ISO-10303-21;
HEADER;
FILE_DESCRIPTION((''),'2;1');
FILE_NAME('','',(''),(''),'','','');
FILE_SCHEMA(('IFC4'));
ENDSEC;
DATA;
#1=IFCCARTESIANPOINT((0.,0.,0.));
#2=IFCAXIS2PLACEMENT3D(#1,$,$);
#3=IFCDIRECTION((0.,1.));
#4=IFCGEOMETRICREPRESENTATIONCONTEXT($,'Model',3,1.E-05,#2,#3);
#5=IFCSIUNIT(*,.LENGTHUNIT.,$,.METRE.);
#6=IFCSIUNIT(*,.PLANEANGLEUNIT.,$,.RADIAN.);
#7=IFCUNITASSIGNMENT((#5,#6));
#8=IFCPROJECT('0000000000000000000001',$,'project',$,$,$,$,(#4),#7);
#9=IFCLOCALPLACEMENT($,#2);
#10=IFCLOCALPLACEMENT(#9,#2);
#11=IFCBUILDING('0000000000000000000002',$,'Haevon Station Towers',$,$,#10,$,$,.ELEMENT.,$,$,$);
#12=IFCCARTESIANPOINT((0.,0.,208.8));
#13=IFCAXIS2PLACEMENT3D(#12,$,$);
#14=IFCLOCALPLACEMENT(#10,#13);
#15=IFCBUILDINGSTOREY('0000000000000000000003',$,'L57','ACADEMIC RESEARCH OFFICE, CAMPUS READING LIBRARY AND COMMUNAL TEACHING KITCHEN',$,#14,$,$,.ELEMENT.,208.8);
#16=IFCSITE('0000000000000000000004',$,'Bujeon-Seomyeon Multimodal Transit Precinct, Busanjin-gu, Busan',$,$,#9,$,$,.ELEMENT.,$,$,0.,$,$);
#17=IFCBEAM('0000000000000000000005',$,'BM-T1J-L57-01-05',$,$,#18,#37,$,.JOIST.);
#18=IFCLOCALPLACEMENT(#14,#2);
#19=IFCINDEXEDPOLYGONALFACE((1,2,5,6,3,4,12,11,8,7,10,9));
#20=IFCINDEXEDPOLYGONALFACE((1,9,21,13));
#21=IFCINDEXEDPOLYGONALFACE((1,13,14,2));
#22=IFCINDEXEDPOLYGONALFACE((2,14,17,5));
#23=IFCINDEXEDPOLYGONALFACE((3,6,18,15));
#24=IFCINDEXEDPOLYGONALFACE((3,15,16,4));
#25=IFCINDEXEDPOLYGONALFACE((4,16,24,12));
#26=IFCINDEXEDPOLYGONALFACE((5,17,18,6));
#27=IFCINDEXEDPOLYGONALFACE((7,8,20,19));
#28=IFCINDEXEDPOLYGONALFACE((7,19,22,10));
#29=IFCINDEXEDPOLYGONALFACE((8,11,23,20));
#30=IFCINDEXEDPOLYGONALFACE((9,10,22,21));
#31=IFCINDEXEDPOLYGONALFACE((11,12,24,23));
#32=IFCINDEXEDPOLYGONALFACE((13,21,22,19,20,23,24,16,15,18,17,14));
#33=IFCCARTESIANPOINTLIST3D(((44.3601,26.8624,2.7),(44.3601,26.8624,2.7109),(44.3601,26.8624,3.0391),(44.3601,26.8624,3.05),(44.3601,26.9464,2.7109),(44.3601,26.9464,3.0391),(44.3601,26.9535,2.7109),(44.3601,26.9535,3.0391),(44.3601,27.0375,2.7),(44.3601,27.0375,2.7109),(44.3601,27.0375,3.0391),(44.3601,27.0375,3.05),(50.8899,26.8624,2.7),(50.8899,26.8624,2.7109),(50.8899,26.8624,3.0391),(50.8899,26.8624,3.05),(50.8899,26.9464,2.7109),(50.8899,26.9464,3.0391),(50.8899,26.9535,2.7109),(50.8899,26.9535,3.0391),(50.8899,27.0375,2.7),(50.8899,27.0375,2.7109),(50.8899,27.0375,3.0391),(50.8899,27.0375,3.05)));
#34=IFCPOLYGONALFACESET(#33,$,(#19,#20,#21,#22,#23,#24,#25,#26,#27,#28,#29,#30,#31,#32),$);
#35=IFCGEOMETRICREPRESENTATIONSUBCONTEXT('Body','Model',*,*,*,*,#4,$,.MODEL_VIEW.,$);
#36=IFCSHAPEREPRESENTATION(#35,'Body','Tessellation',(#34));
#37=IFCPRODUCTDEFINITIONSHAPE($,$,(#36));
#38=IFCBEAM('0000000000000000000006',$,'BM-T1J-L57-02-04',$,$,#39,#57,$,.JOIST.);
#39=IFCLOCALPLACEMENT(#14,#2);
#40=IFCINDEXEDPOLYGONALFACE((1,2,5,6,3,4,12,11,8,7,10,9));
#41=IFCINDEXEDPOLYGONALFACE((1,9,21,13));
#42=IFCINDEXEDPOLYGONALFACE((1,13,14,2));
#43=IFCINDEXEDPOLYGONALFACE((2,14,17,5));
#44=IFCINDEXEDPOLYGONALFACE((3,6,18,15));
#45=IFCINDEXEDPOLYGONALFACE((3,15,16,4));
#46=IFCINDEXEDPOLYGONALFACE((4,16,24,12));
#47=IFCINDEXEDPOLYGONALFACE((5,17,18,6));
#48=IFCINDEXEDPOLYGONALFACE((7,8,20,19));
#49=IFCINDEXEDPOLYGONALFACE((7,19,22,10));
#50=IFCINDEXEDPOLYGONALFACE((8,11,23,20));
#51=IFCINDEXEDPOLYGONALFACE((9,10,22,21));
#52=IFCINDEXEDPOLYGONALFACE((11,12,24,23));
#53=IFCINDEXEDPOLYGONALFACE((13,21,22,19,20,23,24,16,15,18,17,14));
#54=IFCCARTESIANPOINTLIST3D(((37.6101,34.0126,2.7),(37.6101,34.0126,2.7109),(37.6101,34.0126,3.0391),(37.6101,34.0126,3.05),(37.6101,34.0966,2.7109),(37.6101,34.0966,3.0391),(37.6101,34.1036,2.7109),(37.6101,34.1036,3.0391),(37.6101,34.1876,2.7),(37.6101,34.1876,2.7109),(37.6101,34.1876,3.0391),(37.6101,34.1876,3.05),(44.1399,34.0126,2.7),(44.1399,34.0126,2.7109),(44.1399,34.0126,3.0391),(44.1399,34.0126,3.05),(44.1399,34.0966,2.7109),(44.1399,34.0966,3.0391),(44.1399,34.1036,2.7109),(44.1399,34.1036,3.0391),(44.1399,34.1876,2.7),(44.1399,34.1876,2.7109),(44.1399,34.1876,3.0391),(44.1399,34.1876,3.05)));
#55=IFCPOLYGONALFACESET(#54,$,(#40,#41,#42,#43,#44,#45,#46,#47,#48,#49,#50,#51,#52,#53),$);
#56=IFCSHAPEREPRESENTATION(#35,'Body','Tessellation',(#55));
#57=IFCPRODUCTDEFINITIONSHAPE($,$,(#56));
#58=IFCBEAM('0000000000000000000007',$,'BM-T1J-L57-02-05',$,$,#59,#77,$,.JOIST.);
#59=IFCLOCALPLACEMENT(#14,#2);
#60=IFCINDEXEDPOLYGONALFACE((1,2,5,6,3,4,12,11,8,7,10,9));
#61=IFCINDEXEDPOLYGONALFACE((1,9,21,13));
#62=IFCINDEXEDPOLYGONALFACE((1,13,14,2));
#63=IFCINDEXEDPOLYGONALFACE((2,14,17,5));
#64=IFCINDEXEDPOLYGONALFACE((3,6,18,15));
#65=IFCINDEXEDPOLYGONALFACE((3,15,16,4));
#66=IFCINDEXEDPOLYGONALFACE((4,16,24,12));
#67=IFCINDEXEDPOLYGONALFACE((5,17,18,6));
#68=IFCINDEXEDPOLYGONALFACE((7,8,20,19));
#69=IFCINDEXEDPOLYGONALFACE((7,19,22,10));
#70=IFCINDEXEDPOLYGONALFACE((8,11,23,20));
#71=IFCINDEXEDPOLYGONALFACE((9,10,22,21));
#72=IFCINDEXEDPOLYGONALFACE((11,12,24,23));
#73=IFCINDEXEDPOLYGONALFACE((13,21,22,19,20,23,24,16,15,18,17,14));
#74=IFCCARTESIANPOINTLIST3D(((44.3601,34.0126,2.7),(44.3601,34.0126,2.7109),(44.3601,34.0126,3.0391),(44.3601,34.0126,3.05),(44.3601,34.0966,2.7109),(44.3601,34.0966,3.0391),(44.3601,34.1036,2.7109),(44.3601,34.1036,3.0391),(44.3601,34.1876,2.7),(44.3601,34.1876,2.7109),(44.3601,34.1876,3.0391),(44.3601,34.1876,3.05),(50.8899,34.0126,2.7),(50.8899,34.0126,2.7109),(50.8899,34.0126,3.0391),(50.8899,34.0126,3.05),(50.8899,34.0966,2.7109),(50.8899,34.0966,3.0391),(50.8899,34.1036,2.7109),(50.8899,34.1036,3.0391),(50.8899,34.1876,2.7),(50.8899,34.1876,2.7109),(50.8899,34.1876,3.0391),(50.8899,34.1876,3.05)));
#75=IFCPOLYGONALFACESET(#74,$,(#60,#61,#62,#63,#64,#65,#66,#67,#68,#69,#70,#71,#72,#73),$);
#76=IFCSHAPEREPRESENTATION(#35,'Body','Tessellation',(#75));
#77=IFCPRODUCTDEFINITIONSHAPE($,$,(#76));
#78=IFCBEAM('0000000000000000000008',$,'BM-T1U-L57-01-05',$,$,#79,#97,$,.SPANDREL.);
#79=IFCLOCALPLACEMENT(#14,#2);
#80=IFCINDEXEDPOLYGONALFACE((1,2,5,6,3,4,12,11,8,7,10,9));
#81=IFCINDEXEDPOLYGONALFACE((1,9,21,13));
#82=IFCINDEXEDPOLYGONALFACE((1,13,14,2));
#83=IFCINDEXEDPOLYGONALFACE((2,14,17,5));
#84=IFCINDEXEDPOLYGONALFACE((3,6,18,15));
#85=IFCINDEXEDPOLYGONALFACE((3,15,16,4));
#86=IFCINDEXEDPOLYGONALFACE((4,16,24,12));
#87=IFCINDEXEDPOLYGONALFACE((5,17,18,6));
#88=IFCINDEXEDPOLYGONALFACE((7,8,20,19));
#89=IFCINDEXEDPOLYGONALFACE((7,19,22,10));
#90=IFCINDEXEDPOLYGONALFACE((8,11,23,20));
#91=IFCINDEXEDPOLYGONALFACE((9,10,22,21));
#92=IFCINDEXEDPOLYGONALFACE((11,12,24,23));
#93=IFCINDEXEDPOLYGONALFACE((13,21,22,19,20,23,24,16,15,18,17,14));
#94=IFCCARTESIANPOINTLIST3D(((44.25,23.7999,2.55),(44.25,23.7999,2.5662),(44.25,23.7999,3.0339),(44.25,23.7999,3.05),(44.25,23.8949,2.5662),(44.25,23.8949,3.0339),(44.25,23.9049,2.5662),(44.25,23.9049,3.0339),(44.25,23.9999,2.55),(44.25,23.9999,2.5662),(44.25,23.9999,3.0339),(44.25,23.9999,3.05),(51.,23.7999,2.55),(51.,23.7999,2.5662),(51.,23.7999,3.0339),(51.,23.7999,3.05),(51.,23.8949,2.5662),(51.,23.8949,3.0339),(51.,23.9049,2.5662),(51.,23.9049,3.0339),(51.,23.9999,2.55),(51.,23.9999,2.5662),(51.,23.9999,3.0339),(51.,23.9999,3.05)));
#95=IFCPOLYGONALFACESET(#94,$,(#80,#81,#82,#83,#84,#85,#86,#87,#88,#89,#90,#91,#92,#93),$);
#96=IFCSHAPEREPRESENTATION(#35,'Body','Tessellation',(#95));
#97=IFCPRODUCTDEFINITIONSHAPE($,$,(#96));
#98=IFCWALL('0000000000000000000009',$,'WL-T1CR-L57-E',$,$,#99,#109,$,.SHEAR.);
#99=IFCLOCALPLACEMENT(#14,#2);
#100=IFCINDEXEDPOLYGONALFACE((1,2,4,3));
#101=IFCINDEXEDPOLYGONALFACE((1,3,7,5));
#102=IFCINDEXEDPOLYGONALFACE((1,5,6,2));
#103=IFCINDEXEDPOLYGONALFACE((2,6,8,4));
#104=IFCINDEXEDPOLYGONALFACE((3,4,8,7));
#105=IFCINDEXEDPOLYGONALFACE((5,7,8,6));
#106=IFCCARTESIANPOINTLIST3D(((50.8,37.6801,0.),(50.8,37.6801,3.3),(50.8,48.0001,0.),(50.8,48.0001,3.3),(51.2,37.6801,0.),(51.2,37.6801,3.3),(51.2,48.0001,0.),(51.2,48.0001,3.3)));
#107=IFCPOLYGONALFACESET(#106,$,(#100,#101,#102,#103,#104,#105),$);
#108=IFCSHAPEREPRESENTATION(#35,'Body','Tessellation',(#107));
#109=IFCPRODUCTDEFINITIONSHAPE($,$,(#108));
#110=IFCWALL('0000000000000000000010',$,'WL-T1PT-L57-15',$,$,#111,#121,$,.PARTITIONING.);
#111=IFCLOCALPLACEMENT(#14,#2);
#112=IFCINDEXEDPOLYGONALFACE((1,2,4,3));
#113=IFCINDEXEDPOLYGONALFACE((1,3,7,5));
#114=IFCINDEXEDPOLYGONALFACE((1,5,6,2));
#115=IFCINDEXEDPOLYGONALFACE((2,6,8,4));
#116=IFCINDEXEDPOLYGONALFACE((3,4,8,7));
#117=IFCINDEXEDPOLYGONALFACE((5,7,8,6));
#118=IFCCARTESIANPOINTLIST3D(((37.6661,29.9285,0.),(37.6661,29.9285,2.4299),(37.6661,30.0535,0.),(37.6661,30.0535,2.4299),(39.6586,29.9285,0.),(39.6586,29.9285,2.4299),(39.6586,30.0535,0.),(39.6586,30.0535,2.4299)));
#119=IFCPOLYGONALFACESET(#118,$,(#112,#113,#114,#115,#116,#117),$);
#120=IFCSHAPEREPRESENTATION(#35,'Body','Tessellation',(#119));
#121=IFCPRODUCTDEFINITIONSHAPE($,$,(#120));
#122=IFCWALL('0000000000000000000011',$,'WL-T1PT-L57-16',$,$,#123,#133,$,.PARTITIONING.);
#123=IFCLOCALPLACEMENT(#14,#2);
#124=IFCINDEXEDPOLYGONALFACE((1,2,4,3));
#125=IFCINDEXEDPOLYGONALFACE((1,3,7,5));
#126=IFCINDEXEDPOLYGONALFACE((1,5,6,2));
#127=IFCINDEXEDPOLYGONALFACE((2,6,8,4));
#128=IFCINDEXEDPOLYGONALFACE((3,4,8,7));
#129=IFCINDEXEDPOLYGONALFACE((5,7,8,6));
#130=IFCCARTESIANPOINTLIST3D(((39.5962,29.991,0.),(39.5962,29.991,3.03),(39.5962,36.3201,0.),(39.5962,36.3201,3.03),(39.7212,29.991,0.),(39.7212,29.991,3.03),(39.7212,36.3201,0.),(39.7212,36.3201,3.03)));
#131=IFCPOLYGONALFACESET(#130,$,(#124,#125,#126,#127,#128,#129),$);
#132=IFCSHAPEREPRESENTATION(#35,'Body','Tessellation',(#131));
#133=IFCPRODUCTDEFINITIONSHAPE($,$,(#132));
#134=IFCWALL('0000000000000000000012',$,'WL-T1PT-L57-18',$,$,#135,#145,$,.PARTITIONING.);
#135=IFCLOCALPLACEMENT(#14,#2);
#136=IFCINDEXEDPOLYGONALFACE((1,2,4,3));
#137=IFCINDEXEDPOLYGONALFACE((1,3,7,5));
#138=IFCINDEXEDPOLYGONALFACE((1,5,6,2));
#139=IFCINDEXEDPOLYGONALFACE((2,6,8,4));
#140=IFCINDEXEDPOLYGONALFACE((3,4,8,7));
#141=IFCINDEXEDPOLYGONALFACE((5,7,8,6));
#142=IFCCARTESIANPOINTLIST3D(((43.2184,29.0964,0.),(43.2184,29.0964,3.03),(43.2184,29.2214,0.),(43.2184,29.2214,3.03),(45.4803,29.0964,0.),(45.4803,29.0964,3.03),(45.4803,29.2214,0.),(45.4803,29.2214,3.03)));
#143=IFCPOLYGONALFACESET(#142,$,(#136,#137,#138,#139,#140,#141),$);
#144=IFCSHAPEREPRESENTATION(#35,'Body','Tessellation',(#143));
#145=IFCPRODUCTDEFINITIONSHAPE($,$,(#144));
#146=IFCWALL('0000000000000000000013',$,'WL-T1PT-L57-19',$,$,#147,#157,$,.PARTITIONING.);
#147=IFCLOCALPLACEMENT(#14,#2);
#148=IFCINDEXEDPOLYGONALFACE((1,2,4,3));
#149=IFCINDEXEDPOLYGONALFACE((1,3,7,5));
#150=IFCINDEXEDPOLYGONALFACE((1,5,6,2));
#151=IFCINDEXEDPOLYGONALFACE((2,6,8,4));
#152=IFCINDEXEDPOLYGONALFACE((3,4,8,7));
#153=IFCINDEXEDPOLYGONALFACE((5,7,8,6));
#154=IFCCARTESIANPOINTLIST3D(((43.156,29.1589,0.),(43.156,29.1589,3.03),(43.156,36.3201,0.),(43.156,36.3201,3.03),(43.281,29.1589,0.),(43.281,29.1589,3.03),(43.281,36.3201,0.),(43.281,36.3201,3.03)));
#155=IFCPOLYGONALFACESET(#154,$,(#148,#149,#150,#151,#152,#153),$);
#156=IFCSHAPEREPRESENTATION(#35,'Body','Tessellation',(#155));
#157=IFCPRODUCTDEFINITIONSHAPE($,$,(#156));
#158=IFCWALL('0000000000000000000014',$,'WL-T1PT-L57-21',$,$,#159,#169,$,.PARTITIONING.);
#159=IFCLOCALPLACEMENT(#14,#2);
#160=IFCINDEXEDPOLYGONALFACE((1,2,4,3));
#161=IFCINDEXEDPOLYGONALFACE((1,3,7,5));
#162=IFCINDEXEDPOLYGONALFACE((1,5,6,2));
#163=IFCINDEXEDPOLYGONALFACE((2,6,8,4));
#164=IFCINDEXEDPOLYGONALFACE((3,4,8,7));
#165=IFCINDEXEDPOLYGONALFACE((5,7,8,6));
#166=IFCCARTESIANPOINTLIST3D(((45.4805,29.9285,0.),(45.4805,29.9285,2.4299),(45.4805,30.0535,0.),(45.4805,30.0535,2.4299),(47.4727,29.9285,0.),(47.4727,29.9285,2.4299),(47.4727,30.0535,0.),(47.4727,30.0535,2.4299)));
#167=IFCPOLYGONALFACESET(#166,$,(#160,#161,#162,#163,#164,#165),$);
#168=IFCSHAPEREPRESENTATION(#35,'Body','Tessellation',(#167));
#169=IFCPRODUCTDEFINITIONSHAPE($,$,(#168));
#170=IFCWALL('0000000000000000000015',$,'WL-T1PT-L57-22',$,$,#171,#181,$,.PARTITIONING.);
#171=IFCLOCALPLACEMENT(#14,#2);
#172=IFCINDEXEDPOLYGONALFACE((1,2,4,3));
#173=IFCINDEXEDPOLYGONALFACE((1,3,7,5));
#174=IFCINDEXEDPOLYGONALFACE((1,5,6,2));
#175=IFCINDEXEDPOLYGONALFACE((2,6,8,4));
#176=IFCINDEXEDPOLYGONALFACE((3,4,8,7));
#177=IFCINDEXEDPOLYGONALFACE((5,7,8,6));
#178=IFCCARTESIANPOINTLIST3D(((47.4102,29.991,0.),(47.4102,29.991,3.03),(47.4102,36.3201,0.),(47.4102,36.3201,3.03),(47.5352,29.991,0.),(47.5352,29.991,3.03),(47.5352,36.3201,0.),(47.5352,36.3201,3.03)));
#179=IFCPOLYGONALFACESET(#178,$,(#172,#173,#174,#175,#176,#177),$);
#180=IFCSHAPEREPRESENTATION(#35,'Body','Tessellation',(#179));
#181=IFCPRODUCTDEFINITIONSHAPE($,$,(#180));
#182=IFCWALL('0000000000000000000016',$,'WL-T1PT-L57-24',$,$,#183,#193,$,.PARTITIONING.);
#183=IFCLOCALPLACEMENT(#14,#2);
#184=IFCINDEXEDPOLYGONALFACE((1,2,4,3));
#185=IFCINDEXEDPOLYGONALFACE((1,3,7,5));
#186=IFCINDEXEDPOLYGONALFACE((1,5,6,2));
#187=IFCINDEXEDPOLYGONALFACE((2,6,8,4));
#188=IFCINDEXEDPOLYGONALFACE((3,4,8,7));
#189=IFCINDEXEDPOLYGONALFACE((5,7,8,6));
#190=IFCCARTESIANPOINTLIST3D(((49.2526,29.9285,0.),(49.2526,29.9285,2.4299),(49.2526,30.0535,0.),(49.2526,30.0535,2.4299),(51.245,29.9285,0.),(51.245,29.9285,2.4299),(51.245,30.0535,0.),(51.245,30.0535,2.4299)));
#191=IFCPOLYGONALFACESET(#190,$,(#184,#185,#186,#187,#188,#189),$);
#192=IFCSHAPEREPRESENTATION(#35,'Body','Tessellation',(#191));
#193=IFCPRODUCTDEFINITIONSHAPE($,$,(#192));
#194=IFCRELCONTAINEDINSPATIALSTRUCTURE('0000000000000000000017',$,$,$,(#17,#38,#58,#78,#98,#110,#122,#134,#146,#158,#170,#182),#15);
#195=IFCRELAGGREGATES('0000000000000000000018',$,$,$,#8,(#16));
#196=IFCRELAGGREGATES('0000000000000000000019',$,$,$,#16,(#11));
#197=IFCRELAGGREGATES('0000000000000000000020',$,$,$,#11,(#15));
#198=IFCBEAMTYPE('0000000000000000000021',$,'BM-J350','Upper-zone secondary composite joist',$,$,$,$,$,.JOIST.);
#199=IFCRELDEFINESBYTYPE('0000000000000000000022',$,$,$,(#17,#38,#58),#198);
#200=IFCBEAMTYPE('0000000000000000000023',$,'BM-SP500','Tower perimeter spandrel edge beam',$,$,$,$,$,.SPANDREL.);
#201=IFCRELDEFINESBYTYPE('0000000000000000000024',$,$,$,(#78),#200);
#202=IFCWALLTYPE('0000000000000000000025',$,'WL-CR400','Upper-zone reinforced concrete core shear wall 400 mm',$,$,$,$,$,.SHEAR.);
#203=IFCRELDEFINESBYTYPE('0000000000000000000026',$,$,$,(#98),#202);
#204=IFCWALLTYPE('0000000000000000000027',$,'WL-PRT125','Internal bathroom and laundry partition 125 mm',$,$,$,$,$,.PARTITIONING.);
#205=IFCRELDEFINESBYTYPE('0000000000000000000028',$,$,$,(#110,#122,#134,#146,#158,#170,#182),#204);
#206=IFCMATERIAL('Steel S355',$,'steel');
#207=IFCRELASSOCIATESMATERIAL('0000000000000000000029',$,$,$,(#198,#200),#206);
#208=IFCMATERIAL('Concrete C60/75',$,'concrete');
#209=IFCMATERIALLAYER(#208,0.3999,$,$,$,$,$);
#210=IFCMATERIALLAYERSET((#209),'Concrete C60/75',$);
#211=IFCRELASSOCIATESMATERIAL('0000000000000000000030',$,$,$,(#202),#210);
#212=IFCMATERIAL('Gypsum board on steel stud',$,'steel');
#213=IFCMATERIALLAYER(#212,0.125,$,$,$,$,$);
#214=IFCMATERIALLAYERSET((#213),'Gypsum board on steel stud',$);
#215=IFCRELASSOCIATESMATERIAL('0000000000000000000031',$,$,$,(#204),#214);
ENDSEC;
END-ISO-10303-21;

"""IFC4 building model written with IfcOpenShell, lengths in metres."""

from ifc_helpers import new_model, si_unit, direction, frame, frame_2d, origin, origin_2d, place, context, subcontext, project, spatial, rectangle, i_section, extrude, material, layer, layer_set, material_profile, profile_set, type_object, element, save


model = new_model("IFC4")

# Units and contexts
model_context = context("Model", 3, precision=1e-05, world=origin(), true_north=direction((0.0, 1.0)))
body_context = subcontext(model_context, "Body", "Model", "MODEL_VIEW")
ifc_project = project(units=[si_unit("LENGTHUNIT", "METRE"), si_unit("PLANEANGLEUNIT", "RADIAN")], contexts=[model_context])

# Site, building, storey
site_placement = place(None, origin())
site = spatial("IfcSite", under=ifc_project, at=site_placement, Name="Bujeon-Seomyeon Multimodal Transit Precinct, Busanjin-gu, Busan", CompositionType="ELEMENT", RefElevation=0.0)
building_placement = place(site_placement, origin())
building = spatial("IfcBuilding", under=site, at=building_placement, Name="Haevon Station Towers", CompositionType="ELEMENT")
storey_placement = place(building_placement, frame((0.0, 0.0, 208.8)))
storey = spatial("IfcBuildingStorey", under=building, at=storey_placement, Name="L57", Description="ACADEMIC RESEARCH OFFICE, CAMPUS READING LIBRARY AND COMMUNAL TEACHING KITCHEN", CompositionType="ELEMENT", Elevation=208.8)

# Shared definitions
ifc_material_1 = material(Name="Steel S355", Category="steel")

# Beams
ifc_material_profile_1 = material_profile(ifc_material_1, i_section(OverallWidth=0.175, OverallDepth=0.3501, WebThickness=0.0071, FlangeThickness=0.011, at=origin_2d()), Name="H-350x175x7x11")
ifc_profile_set_1 = profile_set([ifc_material_profile_1], Name="Steel S355")
beam_type_1 = type_object("IfcBeamType", Name="BM-J350", Description="Upper-zone secondary composite joist", PredefinedType="JOIST", material=ifc_profile_set_1)
for number, where, z_axis, x_axis, name in (
    (1, (44.3601, 26.95, 2.875), (1.0, 0.0, 0.0), (0.0, 1.0, 0.0), "BM-T1J-L57-01-05"),
    (2, (37.6101, 34.1001, 2.875), (1.0, 0.0, 0.0), (0.0, 1.0, 0.0), "BM-T1J-L57-02-04"),
    (3, (44.3601, 34.1001, 2.875), (1.0, 0.0, 0.0), (0.0, 1.0, 0.0), "BM-T1J-L57-02-05"),
):
    element("IfcBeam", number, at=place(storey_placement, frame(where, z_axis=z_axis, x_axis=x_axis)), inside=storey, type_object=beam_type_1, Name=name, PredefinedType="JOIST", context=body_context, shape_type="SweptSolid", body=[
        extrude(i_section(OverallWidth=0.175, OverallDepth=0.3501, WebThickness=0.0071, FlangeThickness=0.011, at=origin_2d()), origin(), (0.0, 0.0, 1.0), 6.5298),
    ])
ifc_material_profile_2 = material_profile(ifc_material_1, i_section(OverallWidth=0.2, OverallDepth=0.5, WebThickness=0.01, FlangeThickness=0.0161, at=origin_2d()), Name="H-500x200x10x16")
ifc_profile_set_2 = profile_set([ifc_material_profile_2], Name="Steel S355")
beam_type_2 = type_object("IfcBeamType", Name="BM-SP500", Description="Tower perimeter spandrel edge beam", PredefinedType="SPANDREL", material=ifc_profile_set_2)
beam_1_placement = place(storey_placement, frame((44.25, 23.8999, 2.8), z_axis=(1.0, 0.0, 0.0), x_axis=(0.0, 1.0, 0.0)))
element("IfcBeam", 4, at=beam_1_placement, inside=storey, type_object=beam_type_2, Name="BM-T1U-L57-01-05", PredefinedType="SPANDREL", context=body_context, shape_type="SweptSolid", body=[
    extrude(i_section(OverallWidth=0.2, OverallDepth=0.5, WebThickness=0.01, FlangeThickness=0.0161, at=origin_2d()), origin(), (0.0, 0.0, 1.0), 6.75),
])

# Walls
ifc_material_2 = material(Name="Concrete C60/75", Category="concrete")
ifc_layer_1 = layer(ifc_material_2, 0.3999)
ifc_layer_set_1 = layer_set([ifc_layer_1], Name="Concrete C60/75")
wall_type_1 = type_object("IfcWallType", Name="WL-CR400", Description="Upper-zone reinforced concrete core shear wall 400 mm", PredefinedType="SHEAR", material=ifc_layer_set_1)
wall_1_placement = place(storey_placement, frame((51.0, 37.6799, 0.0), z_axis=(0.0, 0.0, 1.0), x_axis=(0.0, 1.0, 0.0)))
element("IfcWall", 5, at=wall_1_placement, inside=storey, type_object=wall_type_1, Name="WL-T1CR-L57-E", PredefinedType="SHEAR", context=body_context, shape_type="SweptSolid", body=[
    extrude(rectangle(XDim=10.3201, YDim=0.3999, at=frame_2d((5.1602, 0.0))), origin(), (0.0, 0.0, 1.0), 3.3),
])
ifc_material_3 = material(Name="Gypsum board on steel stud", Category="steel")
ifc_layer_2 = layer(ifc_material_3, 0.125)
ifc_layer_set_2 = layer_set([ifc_layer_2], Name="Gypsum board on steel stud")
wall_type_2 = type_object("IfcWallType", Name="WL-PRT125", Description="Internal bathroom and laundry partition 125 mm", PredefinedType="PARTITIONING", material=ifc_layer_set_2)
wall_2_placement = place(storey_placement, frame((37.6663, 29.991, 0.0), z_axis=(0.0, 0.0, 1.0), x_axis=(1.0, 0.0, 0.0)))
element("IfcWall", 6, at=wall_2_placement, inside=storey, type_object=wall_type_2, Name="WL-T1PT-L57-15", PredefinedType="PARTITIONING", context=body_context, shape_type="SweptSolid", body=[
    extrude(rectangle(XDim=1.9924, YDim=0.125, at=frame_2d((0.9961, 0.0))), origin(), (0.0, 0.0, 1.0), 2.4299),
])
wall_3_placement = place(storey_placement, frame((39.6587, 29.991, 0.0), z_axis=(0.0, 0.0, 1.0), x_axis=(0.0, 1.0, 0.0)))
element("IfcWall", 7, at=wall_3_placement, inside=storey, type_object=wall_type_2, Name="WL-T1PT-L57-16", PredefinedType="PARTITIONING", context=body_context, shape_type="SweptSolid", body=[
    extrude(rectangle(XDim=6.3291, YDim=0.125, at=frame_2d((3.1646, 0.0))), origin(), (0.0, 0.0, 1.0), 3.03),
])
wall_4_placement = place(storey_placement, frame((43.2185, 29.1589, 0.0), z_axis=(0.0, 0.0, 1.0), x_axis=(1.0, 0.0, 0.0)))
element("IfcWall", 8, at=wall_4_placement, inside=storey, type_object=wall_type_2, Name="WL-T1PT-L57-18", PredefinedType="PARTITIONING", context=body_context, shape_type="SweptSolid", body=[
    extrude(rectangle(XDim=2.262, YDim=0.125, at=frame_2d((1.1309, 0.0))), origin(), (0.0, 0.0, 1.0), 3.03),
])
wall_5_placement = place(storey_placement, frame((43.2185, 29.1589, 0.0), z_axis=(0.0, 0.0, 1.0), x_axis=(0.0, 1.0, 0.0)))
element("IfcWall", 9, at=wall_5_placement, inside=storey, type_object=wall_type_2, Name="WL-T1PT-L57-19", PredefinedType="PARTITIONING", context=body_context, shape_type="SweptSolid", body=[
    extrude(rectangle(XDim=7.1611, YDim=0.125, at=frame_2d((3.5806, 0.0))), origin(), (0.0, 0.0, 1.0), 3.03),
])
wall_6_placement = place(storey_placement, frame((45.4805, 29.991, 0.0), z_axis=(0.0, 0.0, 1.0), x_axis=(1.0, 0.0, 0.0)))
element("IfcWall", 10, at=wall_6_placement, inside=storey, type_object=wall_type_2, Name="WL-T1PT-L57-21", PredefinedType="PARTITIONING", context=body_context, shape_type="SweptSolid", body=[
    extrude(rectangle(XDim=1.9922, YDim=0.125, at=frame_2d((0.9961, 0.0))), origin(), (0.0, 0.0, 1.0), 2.4299),
])
wall_7_placement = place(storey_placement, frame((47.4727, 29.991, 0.0), z_axis=(0.0, 0.0, 1.0), x_axis=(0.0, 1.0, 0.0)))
element("IfcWall", 11, at=wall_7_placement, inside=storey, type_object=wall_type_2, Name="WL-T1PT-L57-22", PredefinedType="PARTITIONING", context=body_context, shape_type="SweptSolid", body=[
    extrude(rectangle(XDim=6.3291, YDim=0.125, at=frame_2d((3.1646, 0.0))), origin(), (0.0, 0.0, 1.0), 3.03),
])
wall_8_placement = place(storey_placement, frame((49.2527, 29.991, 0.0), z_axis=(0.0, 0.0, 1.0), x_axis=(1.0, 0.0, 0.0)))
element("IfcWall", 12, at=wall_8_placement, inside=storey, type_object=wall_type_2, Name="WL-T1PT-L57-24", PredefinedType="PARTITIONING", context=body_context, shape_type="SweptSolid", body=[
    extrude(rectangle(XDim=1.9924, YDim=0.125, at=frame_2d((0.9961, 0.0))), origin(), (0.0, 0.0, 1.0), 2.4299),
])

save(model, "model.ifc")
